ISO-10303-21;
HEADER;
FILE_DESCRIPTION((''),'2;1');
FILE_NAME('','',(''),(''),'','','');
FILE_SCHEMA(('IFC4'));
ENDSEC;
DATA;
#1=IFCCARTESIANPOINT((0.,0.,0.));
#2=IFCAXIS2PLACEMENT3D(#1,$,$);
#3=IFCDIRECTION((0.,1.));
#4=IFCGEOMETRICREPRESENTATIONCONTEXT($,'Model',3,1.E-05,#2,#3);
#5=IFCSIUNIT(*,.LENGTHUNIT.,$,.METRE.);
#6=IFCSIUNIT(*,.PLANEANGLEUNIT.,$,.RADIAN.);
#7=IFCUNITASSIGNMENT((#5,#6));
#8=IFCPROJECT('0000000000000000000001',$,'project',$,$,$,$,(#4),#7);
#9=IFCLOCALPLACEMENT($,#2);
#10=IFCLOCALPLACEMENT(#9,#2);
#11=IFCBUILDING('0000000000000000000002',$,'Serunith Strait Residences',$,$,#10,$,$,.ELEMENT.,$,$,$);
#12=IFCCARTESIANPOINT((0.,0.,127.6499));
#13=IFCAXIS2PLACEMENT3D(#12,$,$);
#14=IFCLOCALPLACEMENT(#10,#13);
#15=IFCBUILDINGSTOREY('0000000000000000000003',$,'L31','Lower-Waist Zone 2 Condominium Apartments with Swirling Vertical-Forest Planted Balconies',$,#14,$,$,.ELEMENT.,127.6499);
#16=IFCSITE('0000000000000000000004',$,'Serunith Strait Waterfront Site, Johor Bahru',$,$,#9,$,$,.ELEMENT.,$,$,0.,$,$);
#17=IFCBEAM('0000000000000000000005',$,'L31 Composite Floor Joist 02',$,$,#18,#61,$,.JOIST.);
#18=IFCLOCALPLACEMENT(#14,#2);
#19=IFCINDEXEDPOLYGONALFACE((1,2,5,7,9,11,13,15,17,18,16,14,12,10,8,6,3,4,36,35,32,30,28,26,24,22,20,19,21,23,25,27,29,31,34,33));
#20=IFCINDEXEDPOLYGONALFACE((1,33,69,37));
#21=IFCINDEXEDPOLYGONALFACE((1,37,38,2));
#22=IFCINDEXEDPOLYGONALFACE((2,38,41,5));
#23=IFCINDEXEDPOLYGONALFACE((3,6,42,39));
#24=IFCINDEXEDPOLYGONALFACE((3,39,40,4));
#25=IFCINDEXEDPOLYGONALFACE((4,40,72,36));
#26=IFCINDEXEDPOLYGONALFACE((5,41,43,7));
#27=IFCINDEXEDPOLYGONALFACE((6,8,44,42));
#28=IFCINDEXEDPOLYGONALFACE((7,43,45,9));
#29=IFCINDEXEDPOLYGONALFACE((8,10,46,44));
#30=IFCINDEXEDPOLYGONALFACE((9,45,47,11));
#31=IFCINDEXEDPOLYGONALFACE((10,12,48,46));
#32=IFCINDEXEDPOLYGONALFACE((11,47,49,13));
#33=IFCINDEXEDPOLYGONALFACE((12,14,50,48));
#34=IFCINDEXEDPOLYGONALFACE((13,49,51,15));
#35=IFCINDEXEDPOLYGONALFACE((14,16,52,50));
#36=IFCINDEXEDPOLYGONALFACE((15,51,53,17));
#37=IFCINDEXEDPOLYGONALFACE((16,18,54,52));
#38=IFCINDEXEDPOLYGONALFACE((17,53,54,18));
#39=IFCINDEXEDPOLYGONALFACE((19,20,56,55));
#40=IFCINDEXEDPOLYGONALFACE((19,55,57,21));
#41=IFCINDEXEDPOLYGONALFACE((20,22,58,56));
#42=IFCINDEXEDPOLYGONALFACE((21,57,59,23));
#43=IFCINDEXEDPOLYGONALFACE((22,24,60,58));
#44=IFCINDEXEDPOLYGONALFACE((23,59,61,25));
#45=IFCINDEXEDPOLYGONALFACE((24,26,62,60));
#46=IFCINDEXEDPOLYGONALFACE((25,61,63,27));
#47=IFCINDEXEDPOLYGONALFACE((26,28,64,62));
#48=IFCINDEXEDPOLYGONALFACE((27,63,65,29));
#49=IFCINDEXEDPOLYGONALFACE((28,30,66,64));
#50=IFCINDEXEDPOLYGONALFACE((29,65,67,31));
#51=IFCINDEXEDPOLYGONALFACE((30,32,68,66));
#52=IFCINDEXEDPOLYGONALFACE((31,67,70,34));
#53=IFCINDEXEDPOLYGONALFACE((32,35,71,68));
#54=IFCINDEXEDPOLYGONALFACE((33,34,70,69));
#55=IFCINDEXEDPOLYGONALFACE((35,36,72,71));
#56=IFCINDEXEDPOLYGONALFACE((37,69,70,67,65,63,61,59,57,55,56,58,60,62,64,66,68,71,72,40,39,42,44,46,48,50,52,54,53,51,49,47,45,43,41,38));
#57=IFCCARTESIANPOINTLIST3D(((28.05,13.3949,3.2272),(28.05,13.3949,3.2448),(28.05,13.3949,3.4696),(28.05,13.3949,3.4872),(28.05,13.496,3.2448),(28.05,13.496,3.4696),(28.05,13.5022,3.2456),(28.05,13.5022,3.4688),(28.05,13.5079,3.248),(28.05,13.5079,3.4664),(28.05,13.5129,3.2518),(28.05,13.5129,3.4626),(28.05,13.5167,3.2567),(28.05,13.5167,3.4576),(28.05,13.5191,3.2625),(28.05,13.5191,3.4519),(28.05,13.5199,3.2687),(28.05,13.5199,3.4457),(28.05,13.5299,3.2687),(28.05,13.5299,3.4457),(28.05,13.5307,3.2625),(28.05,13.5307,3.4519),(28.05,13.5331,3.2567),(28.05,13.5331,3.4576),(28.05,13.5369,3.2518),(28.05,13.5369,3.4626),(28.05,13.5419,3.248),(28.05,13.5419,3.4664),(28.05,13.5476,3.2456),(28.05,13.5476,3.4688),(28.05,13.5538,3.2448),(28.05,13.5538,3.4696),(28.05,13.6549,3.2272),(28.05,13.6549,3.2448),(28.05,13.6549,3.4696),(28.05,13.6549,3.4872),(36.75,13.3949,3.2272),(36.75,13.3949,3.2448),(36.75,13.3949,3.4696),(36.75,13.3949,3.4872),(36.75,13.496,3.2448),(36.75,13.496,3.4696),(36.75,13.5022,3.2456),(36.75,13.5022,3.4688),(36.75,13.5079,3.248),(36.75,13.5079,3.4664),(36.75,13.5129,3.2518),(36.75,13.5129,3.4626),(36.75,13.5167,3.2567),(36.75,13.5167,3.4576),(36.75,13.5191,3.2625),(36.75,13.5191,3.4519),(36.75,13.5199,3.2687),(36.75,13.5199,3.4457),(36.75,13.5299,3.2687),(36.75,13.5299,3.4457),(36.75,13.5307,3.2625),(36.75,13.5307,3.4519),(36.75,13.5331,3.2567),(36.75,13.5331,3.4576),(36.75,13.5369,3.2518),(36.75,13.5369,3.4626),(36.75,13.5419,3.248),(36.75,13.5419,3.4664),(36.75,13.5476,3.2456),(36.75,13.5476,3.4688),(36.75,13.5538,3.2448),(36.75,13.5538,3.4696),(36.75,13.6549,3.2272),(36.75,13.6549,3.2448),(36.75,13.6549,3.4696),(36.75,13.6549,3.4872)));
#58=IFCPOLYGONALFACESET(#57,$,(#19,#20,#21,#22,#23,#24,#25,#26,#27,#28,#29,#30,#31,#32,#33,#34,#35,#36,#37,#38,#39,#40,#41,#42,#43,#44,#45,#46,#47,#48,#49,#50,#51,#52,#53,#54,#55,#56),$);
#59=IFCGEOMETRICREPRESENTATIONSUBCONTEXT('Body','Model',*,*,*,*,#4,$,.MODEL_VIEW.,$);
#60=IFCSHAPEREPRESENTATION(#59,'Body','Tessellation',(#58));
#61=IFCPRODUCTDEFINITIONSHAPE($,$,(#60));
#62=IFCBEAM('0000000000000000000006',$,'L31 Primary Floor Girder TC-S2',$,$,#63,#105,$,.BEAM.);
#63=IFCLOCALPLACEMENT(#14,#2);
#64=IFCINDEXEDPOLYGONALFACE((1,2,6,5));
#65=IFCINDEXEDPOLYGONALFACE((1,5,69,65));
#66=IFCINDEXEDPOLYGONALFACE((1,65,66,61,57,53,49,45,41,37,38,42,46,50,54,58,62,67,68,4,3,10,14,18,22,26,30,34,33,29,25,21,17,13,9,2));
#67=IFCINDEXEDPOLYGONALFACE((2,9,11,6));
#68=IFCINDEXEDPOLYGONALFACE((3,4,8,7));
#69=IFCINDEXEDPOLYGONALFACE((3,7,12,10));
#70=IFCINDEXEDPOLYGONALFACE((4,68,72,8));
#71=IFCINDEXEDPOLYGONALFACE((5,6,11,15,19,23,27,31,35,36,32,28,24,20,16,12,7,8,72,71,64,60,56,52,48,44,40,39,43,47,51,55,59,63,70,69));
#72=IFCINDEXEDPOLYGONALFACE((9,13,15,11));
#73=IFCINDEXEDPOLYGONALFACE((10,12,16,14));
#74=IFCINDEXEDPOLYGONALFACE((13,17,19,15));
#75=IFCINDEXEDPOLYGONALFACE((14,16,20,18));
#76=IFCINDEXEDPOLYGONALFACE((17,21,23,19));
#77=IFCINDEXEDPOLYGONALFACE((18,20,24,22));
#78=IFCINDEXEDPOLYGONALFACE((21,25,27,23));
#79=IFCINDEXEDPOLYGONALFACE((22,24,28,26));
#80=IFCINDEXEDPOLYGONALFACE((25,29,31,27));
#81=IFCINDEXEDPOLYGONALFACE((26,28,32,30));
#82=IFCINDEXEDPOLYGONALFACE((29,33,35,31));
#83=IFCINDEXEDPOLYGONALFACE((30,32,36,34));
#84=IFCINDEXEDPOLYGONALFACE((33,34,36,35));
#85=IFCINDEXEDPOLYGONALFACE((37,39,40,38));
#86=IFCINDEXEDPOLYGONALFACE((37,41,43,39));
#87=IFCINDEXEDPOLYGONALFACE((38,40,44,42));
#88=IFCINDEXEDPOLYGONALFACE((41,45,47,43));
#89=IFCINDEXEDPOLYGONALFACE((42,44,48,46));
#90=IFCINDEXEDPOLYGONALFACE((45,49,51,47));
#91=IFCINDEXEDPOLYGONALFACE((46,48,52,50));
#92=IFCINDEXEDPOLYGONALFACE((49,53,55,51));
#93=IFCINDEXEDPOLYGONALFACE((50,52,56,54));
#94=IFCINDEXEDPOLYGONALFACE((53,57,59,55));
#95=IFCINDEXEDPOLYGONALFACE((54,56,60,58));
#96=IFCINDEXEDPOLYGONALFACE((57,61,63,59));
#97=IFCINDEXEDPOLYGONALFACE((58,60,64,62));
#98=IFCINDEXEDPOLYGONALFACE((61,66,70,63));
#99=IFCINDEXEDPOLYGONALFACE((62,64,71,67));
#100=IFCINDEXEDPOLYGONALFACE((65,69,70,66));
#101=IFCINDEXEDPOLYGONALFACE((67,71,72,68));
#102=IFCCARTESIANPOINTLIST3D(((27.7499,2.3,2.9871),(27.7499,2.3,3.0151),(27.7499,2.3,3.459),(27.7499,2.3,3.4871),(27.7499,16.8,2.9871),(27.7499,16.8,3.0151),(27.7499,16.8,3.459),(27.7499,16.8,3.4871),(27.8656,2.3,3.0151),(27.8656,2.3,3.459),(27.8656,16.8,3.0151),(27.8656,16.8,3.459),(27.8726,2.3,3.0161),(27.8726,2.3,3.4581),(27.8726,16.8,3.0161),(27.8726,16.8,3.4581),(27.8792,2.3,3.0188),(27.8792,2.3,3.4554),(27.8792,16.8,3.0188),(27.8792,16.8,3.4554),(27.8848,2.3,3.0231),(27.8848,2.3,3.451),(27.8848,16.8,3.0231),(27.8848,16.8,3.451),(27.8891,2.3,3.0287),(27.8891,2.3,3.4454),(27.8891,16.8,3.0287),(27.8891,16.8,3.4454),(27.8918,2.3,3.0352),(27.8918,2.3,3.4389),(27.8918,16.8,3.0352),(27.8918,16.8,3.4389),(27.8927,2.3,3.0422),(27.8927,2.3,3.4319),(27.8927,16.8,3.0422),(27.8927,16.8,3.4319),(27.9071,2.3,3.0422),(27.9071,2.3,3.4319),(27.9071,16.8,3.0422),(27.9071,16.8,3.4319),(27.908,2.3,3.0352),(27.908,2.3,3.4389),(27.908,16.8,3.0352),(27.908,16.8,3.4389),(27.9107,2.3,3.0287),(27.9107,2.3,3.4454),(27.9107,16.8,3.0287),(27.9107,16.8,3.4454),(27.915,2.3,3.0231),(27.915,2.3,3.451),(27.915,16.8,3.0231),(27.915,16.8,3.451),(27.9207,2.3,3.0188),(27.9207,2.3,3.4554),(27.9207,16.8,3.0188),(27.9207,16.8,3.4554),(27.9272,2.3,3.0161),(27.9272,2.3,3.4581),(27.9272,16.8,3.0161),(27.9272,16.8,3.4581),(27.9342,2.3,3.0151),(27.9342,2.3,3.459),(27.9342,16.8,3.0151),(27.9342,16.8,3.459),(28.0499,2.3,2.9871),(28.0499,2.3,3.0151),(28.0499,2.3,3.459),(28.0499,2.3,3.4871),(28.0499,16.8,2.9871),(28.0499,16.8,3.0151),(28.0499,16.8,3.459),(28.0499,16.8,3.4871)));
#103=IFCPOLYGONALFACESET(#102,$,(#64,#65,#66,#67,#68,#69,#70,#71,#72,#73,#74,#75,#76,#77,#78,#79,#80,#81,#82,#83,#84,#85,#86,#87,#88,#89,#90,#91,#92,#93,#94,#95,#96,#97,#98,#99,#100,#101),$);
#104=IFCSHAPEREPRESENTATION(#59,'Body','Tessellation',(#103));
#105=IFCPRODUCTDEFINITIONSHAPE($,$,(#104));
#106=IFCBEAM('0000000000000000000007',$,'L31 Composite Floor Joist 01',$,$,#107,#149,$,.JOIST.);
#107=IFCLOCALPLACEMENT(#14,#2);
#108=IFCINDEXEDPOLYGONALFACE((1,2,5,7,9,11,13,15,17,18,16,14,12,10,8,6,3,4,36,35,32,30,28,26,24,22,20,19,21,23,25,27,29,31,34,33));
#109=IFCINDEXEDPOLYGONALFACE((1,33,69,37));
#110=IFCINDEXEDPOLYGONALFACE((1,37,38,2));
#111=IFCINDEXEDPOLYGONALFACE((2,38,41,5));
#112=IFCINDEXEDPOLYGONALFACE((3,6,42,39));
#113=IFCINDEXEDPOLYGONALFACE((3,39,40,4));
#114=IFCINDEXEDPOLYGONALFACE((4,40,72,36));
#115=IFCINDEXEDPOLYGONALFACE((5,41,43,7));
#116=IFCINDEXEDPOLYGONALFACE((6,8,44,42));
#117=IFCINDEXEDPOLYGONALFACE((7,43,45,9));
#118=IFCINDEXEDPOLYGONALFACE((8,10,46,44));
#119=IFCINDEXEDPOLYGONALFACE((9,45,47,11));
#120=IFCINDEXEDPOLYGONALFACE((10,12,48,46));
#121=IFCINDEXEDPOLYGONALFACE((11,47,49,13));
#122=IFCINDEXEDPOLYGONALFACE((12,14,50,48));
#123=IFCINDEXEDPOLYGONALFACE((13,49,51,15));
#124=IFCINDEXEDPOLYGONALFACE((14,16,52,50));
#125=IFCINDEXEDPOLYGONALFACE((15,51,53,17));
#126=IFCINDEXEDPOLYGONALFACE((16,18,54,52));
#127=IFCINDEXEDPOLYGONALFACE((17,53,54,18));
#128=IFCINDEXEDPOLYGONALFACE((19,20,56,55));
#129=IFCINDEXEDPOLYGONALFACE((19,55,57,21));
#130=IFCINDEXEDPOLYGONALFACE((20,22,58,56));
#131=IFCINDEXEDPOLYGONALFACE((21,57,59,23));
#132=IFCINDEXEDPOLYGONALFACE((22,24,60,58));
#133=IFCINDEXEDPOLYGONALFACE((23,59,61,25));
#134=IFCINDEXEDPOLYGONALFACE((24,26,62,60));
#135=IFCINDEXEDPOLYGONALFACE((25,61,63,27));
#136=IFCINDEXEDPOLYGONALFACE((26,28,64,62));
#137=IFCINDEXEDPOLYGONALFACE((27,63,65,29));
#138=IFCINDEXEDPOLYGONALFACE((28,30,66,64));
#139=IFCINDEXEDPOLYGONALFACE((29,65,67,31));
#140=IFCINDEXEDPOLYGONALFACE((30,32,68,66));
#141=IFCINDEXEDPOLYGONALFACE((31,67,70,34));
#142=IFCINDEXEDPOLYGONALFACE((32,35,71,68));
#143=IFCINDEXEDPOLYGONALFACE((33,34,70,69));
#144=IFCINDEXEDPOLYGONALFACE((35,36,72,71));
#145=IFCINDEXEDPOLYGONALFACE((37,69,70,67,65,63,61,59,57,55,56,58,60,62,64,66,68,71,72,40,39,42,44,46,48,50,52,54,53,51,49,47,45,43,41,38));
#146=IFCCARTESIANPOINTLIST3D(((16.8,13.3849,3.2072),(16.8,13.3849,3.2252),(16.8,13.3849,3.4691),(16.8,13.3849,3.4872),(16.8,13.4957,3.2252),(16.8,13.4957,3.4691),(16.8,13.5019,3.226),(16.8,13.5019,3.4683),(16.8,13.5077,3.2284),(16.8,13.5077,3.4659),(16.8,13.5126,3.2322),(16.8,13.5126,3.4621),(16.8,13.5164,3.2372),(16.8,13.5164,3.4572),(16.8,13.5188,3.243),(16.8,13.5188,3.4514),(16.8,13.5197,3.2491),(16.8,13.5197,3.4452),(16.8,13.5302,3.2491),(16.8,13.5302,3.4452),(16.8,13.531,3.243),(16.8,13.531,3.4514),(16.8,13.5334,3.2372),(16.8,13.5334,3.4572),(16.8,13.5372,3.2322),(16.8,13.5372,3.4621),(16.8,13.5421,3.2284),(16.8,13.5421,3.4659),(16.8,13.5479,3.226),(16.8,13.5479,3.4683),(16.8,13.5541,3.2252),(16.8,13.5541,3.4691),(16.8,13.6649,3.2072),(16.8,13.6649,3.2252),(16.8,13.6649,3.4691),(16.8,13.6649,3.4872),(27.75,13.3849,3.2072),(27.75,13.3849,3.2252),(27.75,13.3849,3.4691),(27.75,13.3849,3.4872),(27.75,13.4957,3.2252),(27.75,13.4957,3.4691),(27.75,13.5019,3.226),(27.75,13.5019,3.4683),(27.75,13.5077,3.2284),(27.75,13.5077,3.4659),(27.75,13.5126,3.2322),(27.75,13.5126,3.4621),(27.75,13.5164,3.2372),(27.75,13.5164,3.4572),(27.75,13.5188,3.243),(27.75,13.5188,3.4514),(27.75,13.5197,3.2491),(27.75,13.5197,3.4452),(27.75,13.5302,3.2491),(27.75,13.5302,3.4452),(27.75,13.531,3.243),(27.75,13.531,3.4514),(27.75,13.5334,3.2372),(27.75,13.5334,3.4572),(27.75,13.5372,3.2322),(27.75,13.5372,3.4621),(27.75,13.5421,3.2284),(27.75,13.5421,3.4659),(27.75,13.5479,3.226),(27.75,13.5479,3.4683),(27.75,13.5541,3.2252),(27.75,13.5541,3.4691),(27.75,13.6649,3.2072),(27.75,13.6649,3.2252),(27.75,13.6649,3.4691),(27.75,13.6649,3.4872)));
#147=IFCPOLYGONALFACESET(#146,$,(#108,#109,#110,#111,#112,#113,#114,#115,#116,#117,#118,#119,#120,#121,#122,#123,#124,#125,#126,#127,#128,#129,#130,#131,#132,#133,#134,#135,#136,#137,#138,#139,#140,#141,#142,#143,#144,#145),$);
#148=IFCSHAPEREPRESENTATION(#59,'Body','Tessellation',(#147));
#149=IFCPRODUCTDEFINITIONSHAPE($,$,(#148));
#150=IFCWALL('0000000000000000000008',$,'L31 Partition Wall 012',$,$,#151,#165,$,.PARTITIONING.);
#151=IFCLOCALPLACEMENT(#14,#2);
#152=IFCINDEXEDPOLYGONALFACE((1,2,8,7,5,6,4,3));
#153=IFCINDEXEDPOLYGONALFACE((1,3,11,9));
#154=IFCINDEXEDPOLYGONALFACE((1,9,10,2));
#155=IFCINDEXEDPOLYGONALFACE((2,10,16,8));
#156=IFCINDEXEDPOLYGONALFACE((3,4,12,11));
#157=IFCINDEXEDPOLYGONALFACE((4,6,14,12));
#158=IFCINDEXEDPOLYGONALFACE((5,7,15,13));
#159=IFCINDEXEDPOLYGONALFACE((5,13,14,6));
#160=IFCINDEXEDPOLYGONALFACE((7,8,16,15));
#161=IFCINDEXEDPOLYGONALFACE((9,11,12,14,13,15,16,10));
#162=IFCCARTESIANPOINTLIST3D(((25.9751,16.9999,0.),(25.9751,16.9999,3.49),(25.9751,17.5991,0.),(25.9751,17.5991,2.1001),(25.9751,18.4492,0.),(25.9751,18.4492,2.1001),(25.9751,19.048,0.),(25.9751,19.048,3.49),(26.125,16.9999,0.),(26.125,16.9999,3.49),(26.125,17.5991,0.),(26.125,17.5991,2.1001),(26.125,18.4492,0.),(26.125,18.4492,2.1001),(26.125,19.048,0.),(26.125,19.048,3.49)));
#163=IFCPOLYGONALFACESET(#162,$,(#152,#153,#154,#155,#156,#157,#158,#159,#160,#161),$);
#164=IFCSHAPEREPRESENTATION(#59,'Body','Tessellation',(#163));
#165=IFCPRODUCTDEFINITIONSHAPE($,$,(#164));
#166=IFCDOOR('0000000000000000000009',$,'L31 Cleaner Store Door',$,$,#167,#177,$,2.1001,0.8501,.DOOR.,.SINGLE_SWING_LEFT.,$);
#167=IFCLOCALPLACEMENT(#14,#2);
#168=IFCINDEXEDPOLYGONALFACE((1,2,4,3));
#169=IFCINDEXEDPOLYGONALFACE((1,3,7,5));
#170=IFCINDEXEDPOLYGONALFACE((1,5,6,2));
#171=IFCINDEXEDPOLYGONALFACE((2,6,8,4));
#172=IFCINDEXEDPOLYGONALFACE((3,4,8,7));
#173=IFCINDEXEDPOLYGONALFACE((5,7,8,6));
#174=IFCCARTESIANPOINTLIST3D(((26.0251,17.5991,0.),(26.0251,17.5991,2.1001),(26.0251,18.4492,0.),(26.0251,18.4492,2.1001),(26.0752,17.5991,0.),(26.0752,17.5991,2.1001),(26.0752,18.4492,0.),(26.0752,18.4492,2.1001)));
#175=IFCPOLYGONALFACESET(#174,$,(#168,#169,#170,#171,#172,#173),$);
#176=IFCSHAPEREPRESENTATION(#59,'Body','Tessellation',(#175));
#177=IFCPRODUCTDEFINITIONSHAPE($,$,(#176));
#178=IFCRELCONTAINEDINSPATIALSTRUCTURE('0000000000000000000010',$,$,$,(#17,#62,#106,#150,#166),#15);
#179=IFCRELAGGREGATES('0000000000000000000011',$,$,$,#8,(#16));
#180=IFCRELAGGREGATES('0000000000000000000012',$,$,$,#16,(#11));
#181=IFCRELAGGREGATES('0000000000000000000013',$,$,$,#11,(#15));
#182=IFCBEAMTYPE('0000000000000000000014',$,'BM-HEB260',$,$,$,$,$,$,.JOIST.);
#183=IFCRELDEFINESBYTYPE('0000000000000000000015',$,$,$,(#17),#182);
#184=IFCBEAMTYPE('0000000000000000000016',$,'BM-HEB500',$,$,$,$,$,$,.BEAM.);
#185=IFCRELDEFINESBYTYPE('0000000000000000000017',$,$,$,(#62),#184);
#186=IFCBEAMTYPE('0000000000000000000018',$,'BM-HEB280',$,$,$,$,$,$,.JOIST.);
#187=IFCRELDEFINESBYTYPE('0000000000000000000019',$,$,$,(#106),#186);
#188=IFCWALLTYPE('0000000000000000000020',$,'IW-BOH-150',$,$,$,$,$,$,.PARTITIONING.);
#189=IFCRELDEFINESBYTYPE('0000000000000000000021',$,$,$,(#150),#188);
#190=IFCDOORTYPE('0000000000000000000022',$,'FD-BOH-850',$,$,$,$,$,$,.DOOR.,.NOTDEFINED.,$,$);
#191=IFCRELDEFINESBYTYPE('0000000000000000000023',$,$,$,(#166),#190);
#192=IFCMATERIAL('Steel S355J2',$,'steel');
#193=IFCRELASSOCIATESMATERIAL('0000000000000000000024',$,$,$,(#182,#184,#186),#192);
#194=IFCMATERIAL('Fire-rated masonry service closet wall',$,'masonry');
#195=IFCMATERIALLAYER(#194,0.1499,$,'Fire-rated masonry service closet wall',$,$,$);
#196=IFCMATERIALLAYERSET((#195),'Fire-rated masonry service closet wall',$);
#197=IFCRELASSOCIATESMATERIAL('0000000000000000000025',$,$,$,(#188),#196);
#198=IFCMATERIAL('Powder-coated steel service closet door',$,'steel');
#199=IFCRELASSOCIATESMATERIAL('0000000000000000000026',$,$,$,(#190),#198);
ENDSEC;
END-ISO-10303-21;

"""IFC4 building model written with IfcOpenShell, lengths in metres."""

from ifc_helpers import new_model, si_unit, direction, frame, frame_2d, origin, origin_2d, place, context, subcontext, project, spatial, rectangle, i_section, extrude, source, transform, mapped, material, layer, layer_set, material_profile, profile_set, type_object, element, fill, save


model = new_model("IFC4")

# Units and contexts
model_context = context("Model", 3, precision=1e-05, world=origin(), true_north=direction((0.0, 1.0)))
body_context = subcontext(model_context, "Body", "Model", "MODEL_VIEW")
ifc_project = project(units=[si_unit("LENGTHUNIT", "METRE"), si_unit("PLANEANGLEUNIT", "RADIAN")], contexts=[model_context])

# Site, building, storey
site_placement = place(None, origin())
site = spatial("IfcSite", under=ifc_project, at=site_placement, Name="Serunith Strait Waterfront Site, Johor Bahru", CompositionType="ELEMENT", RefElevation=0.0)
building_placement = place(site_placement, origin())
building = spatial("IfcBuilding", under=site, at=building_placement, Name="Serunith Strait Residences", CompositionType="ELEMENT")
storey_placement = place(building_placement, frame((0.0, 0.0, 127.6499)))
storey = spatial("IfcBuildingStorey", under=building, at=storey_placement, Name="L31", Description="Lower-Waist Zone 2 Condominium Apartments with Swirling Vertical-Forest Planted Balconies", CompositionType="ELEMENT", Elevation=127.6499)

# Beams
ifc_material_1 = material(Name="Steel S355J2", Category="steel")
ifc_material_profile_1 = material_profile(ifc_material_1, i_section(OverallWidth=0.26, OverallDepth=0.26, WebThickness=0.01, FlangeThickness=0.0176, FilletRadius=0.0239, at=origin_2d()), Name="HEB 260")
ifc_profile_set_1 = profile_set([ifc_material_profile_1], Name="Steel S355J2")
beam_type_1 = type_object("IfcBeamType", Name="BM-HEB260", PredefinedType="JOIST", material=ifc_profile_set_1)
shared_shape_1 = source(origin(), body_context, "Body", "SweptSolid", [
    extrude(i_section(OverallWidth=0.26, OverallDepth=0.26, WebThickness=0.01, FlangeThickness=0.0176, FilletRadius=0.0239, at=origin_2d()), origin(), (0.0, 0.0, 1.0), 8.7),
])
beam_1_placement = place(storey_placement, frame((28.05, 13.5249, 3.3572), z_axis=(1.0, 0.0, 0.0), x_axis=(0.0, 1.0, 0.0)))
element("IfcBeam", 1, at=beam_1_placement, inside=storey, type_object=beam_type_1, Name="L31 Composite Floor Joist 02", PredefinedType="JOIST", context=body_context, shape_type="MappedRepresentation", body=[
    mapped(shared_shape_1, transform((0.0, 0.0, 0.0), scale=1.0)),
])
ifc_material_profile_2 = material_profile(ifc_material_1, i_section(OverallWidth=0.3, OverallDepth=0.5, WebThickness=0.0144, FlangeThickness=0.0281, FilletRadius=0.0271, at=origin_2d()), Name="HEB 500")
ifc_profile_set_2 = profile_set([ifc_material_profile_2], Name="Steel S355J2")
beam_type_2 = type_object("IfcBeamType", Name="BM-HEB500", PredefinedType="BEAM", material=ifc_profile_set_2)
shared_shape_2 = source(origin(), body_context, "Body", "SweptSolid", [
    extrude(i_section(OverallWidth=0.3, OverallDepth=0.5, WebThickness=0.0144, FlangeThickness=0.0281, FilletRadius=0.0271, at=origin_2d()), origin(), (0.0, 0.0, 1.0), 14.5),
])
beam_2_placement = place(storey_placement, frame((27.8999, 16.8, 3.2371), z_axis=(0.0, -1.0, 0.0), x_axis=(1.0, 0.0, 0.0)))
element("IfcBeam", 2, at=beam_2_placement, inside=storey, type_object=beam_type_2, Name="L31 Primary Floor Girder TC-S2", PredefinedType="BEAM", context=body_context, shape_type="MappedRepresentation", body=[
    mapped(shared_shape_2, transform((0.0, 0.0, 0.0), scale=1.0)),
])
ifc_material_profile_3 = material_profile(ifc_material_1, i_section(OverallWidth=0.28, OverallDepth=0.28, WebThickness=0.0105, FlangeThickness=0.0181, FilletRadius=0.0239, at=origin_2d()), Name="HEB 280")
ifc_profile_set_3 = profile_set([ifc_material_profile_3], Name="Steel S355J2")
beam_type_3 = type_object("IfcBeamType", Name="BM-HEB280", PredefinedType="JOIST", material=ifc_profile_set_3)
shared_shape_3 = source(origin(), body_context, "Body", "SweptSolid", [
    extrude(i_section(OverallWidth=0.28, OverallDepth=0.28, WebThickness=0.0105, FlangeThickness=0.0181, FilletRadius=0.0239, at=origin_2d()), origin(), (0.0, 0.0, 1.0), 10.95),
])
beam_3_placement = place(storey_placement, frame((16.8, 13.5249, 3.3472), z_axis=(1.0, 0.0, 0.0), x_axis=(0.0, 1.0, 0.0)))
element("IfcBeam", 3, at=beam_3_placement, inside=storey, type_object=beam_type_3, Name="L31 Composite Floor Joist 01", PredefinedType="JOIST", context=body_context, shape_type="MappedRepresentation", body=[
    mapped(shared_shape_3, transform((0.0, 0.0, 0.0), scale=1.0)),
])

# Wall, opening, door
ifc_material_2 = material(Name="Fire-rated masonry service closet wall", Category="masonry")
ifc_layer_1 = layer(ifc_material_2, 0.1499, Name="Fire-rated masonry service closet wall")
ifc_layer_set_1 = layer_set([ifc_layer_1], Name="Fire-rated masonry service closet wall")
wall_type_1 = type_object("IfcWallType", Name="IW-BOH-150", PredefinedType="PARTITIONING", material=ifc_layer_set_1)
wall_1_placement = place(storey_placement, frame((26.05, 17.0, 0.0), z_axis=(0.0, 0.0, 1.0), x_axis=(0.0, 1.0, 0.0)))
wall_1 = element("IfcWall", 4, at=wall_1_placement, inside=storey, type_object=wall_type_1, Name="L31 Partition Wall 012", PredefinedType="PARTITIONING", context=body_context, shape_type="SweptSolid", body=[
    extrude(rectangle(XDim=2.0481, YDim=0.1499, at=frame_2d((1.0239, 0.0))), origin(), (0.0, 0.0, 1.0), 3.49),
])
opening_1_placement = place(wall_1_placement, frame((0.5991, 0.0, 0.0)))
opening_1 = element("IfcOpeningElement", 5, at=opening_1_placement, cuts=wall_1, PredefinedType="OPENING", context=body_context, shape_type="SweptSolid", body=[
    extrude(rectangle(XDim=0.8501, YDim=2.1001, at=frame_2d((0.425, 1.05))), frame((0.0, 0.085, 0.0), z_axis=(0.0, -1.0, 0.0), x_axis=(1.0, 0.0, 0.0)), (0.0, 0.0, 1.0), 0.1699),
])
ifc_material_3 = material(Name="Powder-coated steel service closet door", Category="steel")
door_type_1 = type_object("IfcDoorType", Name="FD-BOH-850", OperationType="NOTDEFINED", PredefinedType="DOOR", material=ifc_material_3)
shared_shape_4 = source(origin(), body_context, "Body", "SweptSolid", [
    extrude(rectangle(XDim=0.8501, YDim=2.1001, at=frame_2d((0.425, 1.05))), frame((0.0, 0.0249, 0.0), z_axis=(0.0, -1.0, 0.0), x_axis=(1.0, 0.0, 0.0)), (0.0, 0.0, 1.0), 0.05),
])
door_1_placement = place(opening_1_placement, origin())
door_1 = element("IfcDoor", 6, at=door_1_placement, inside=storey, type_object=door_type_1, Name="L31 Cleaner Store Door", OperationType="SINGLE_SWING_LEFT", OverallHeight=2.1001, OverallWidth=0.8501, PredefinedType="DOOR", context=body_context, shape_type="MappedRepresentation", body=[
    mapped(shared_shape_4, transform((0.0, 0.0, 0.0), scale=1.0)),
])
fill(opening_1, door_1)

save(model, "model.ifc")
